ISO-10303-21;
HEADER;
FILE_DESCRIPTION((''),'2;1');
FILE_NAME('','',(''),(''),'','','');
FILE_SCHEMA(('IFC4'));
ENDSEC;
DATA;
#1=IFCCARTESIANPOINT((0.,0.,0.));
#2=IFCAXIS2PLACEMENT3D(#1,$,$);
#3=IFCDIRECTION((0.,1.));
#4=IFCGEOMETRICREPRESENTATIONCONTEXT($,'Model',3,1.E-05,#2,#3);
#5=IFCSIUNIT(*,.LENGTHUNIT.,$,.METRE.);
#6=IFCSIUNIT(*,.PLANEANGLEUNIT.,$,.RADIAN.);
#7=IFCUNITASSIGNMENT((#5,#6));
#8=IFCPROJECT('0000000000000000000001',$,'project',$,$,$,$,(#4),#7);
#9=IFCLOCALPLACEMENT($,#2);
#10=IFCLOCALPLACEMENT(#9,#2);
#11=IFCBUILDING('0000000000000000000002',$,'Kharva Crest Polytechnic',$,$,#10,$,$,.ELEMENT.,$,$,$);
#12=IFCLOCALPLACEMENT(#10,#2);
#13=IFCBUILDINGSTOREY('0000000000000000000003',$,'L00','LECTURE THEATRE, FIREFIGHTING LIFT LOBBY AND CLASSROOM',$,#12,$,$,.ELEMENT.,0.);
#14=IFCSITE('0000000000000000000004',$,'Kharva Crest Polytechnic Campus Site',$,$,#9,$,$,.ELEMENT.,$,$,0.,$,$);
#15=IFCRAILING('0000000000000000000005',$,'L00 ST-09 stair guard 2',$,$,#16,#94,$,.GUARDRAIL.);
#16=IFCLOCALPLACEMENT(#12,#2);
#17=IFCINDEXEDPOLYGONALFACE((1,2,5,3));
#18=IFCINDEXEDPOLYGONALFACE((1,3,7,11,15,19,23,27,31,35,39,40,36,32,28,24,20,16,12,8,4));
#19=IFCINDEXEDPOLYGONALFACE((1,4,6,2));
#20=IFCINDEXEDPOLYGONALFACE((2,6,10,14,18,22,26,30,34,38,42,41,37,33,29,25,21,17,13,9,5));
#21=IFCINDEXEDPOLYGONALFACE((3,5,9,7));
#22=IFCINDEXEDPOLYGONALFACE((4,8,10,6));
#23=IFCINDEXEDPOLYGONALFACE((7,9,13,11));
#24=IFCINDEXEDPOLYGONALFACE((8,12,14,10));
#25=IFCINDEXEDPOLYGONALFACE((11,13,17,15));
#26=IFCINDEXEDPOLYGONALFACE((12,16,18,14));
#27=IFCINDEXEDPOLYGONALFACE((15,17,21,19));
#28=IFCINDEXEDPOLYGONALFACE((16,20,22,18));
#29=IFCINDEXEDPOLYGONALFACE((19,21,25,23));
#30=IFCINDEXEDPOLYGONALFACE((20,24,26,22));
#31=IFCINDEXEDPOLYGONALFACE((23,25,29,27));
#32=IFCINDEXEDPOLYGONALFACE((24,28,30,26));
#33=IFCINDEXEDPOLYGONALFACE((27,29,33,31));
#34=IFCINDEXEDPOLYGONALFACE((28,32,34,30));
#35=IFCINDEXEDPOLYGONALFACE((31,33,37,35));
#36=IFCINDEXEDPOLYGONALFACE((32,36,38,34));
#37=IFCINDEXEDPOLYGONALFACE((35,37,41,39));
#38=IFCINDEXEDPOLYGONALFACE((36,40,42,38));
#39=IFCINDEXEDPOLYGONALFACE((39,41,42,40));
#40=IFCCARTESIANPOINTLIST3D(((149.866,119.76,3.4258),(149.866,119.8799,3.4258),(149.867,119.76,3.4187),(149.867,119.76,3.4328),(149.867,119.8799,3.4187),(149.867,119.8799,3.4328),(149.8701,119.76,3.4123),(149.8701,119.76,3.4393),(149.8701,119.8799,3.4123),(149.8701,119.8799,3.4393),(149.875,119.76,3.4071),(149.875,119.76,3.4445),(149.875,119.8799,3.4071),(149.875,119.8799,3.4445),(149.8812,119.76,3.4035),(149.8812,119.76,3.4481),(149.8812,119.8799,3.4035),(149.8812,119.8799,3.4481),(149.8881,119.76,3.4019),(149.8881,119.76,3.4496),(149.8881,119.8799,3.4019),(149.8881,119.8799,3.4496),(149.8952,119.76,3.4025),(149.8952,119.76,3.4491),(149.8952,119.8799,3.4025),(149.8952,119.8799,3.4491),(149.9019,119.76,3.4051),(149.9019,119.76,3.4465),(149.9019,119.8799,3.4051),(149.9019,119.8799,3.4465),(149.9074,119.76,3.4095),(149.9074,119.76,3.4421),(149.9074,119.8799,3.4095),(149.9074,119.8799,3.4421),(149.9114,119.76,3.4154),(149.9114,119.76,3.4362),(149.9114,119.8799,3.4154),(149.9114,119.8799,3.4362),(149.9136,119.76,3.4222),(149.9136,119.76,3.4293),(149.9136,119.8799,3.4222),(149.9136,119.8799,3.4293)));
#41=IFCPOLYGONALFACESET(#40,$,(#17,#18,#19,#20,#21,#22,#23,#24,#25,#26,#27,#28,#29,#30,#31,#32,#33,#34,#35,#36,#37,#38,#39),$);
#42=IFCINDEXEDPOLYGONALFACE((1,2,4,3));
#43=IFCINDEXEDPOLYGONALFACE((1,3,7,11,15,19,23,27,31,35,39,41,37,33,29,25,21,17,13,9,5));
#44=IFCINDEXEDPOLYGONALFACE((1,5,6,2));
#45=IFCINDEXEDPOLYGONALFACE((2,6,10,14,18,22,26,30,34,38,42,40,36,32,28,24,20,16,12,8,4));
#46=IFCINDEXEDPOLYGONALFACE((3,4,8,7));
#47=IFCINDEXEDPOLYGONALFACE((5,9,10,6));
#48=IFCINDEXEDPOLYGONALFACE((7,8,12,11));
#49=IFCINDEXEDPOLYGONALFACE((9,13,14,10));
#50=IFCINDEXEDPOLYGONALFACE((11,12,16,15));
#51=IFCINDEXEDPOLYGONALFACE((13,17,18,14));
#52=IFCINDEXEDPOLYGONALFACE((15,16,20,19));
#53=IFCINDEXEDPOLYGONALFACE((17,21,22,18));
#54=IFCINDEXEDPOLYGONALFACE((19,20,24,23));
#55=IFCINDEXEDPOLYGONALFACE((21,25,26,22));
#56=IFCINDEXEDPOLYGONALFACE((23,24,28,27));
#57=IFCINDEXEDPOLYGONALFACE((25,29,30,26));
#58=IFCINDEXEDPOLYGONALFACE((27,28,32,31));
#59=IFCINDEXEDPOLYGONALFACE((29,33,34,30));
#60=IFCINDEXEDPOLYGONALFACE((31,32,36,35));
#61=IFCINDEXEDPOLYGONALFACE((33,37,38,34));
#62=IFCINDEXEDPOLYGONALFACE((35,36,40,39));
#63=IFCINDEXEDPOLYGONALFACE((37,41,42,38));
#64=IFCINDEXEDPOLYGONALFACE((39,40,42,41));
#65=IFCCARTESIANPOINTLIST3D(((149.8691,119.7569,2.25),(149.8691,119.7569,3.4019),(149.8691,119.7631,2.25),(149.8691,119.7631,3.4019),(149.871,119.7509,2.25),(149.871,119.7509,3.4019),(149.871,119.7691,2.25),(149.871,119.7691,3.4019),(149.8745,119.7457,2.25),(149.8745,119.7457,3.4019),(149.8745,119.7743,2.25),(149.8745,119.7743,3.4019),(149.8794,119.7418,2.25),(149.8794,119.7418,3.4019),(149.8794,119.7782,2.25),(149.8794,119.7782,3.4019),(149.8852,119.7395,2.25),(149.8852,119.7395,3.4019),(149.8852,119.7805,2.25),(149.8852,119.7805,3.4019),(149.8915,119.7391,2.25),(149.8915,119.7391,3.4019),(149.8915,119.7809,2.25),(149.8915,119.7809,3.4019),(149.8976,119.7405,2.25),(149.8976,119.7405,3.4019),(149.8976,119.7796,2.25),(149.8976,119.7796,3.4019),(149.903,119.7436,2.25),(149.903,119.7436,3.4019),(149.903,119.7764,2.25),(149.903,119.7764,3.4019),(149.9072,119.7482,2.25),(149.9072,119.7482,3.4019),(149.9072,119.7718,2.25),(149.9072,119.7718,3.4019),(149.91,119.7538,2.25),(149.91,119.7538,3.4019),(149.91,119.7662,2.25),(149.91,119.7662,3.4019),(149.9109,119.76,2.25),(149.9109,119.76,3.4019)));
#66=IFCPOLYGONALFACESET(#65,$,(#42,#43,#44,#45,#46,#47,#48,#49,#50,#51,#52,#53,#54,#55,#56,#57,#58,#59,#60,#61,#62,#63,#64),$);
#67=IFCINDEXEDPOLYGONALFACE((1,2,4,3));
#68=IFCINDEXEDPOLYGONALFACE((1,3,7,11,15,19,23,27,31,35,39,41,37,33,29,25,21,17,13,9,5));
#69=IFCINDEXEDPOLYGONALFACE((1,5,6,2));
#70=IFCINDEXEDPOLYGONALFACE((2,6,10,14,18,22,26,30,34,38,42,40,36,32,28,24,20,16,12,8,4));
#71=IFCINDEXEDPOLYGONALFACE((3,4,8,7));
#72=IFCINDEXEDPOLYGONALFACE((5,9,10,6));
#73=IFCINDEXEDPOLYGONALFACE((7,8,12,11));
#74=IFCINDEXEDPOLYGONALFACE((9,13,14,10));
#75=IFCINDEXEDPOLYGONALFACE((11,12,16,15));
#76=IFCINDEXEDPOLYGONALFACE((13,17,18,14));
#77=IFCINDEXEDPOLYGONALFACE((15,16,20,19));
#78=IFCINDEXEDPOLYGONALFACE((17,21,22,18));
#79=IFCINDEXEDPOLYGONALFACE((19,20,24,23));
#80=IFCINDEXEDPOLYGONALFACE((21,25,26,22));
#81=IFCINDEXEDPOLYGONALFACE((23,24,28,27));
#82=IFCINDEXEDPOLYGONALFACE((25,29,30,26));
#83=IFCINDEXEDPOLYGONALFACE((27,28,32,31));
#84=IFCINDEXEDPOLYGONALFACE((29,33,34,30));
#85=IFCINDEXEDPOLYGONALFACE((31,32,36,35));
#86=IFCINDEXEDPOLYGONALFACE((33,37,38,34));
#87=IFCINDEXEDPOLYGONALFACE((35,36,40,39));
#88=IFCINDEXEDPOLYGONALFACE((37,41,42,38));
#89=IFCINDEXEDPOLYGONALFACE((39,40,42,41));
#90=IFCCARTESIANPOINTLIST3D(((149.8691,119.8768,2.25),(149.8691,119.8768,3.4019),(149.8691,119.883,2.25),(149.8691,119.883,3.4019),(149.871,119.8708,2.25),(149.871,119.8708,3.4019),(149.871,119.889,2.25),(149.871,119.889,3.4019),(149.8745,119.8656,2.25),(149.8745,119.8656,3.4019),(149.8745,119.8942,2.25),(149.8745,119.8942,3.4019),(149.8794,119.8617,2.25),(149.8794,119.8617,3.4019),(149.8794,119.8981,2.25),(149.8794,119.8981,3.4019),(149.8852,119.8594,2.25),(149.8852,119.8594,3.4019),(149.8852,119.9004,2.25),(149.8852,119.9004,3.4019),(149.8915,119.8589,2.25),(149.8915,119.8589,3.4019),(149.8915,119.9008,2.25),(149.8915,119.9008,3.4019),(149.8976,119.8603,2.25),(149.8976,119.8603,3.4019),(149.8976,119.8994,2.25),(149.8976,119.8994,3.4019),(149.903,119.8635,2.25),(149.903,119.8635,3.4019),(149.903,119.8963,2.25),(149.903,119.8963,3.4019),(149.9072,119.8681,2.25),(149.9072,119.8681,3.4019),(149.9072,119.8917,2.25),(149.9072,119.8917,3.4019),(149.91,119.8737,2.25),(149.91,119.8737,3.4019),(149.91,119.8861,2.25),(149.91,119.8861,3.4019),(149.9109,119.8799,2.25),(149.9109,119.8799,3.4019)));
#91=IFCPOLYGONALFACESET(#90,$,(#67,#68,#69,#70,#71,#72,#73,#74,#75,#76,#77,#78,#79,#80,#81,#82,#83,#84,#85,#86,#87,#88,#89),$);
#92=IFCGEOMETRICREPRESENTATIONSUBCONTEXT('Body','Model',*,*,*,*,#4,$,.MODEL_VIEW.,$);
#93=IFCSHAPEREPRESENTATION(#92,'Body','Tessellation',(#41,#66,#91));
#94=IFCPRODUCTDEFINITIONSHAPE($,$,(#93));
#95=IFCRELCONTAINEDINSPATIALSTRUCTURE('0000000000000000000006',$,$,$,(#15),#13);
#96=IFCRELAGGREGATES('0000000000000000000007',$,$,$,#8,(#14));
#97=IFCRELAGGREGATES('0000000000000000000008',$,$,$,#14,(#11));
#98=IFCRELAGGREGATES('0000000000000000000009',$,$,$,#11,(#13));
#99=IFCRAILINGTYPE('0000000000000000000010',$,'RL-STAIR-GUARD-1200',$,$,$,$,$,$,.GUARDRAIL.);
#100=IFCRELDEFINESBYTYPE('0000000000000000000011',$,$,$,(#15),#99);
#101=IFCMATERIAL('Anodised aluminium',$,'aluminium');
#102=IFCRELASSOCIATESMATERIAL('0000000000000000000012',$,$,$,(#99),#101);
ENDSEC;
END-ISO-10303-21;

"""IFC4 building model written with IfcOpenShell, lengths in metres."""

from ifc_helpers import new_model, si_unit, direction, frame, origin, origin_2d, place, context, subcontext, project, spatial, circle, extrude, material, type_object, element, save


model = new_model("IFC4")

# Units and contexts
model_context = context("Model", 3, precision=1e-05, world=origin(), true_north=direction((0.0, 1.0)))
body_context = subcontext(model_context, "Body", "Model", "MODEL_VIEW")
ifc_project = project(units=[si_unit("LENGTHUNIT", "METRE"), si_unit("PLANEANGLEUNIT", "RADIAN")], contexts=[model_context])

# Site, building, storey
site_placement = place(None, origin())
site = spatial("IfcSite", under=ifc_project, at=site_placement, Name="Kharva Crest Polytechnic Campus Site", CompositionType="ELEMENT", RefElevation=0.0)
building_placement = place(site_placement, origin())
building = spatial("IfcBuilding", under=site, at=building_placement, Name="Kharva Crest Polytechnic", CompositionType="ELEMENT")
storey_placement = place(building_placement, origin())
storey = spatial("IfcBuildingStorey", under=building, at=storey_placement, Name="L00", Description="LECTURE THEATRE, FIREFIGHTING LIFT LOBBY AND CLASSROOM", CompositionType="ELEMENT", Elevation=0.0)

# Shared definitions
ifc_material_1 = material(Name="Anodised aluminium", Category="aluminium")

# Railing
railing_type_1 = type_object("IfcRailingType", Name="RL-STAIR-GUARD-1200", PredefinedType="GUARDRAIL", material=ifc_material_1)
railing_1_placement = place(storey_placement, frame((149.8899, 119.76, 2.25)))
element("IfcRailing", 1, at=railing_1_placement, inside=storey, type_object=railing_type_1, Name="L00 ST-09 stair guard 2", PredefinedType="GUARDRAIL", context=body_context, shape_type="SweptSolid", body=[
    extrude(circle(Radius=0.0239, at=origin_2d()), frame((0.0, 0.0, 1.1758), z_axis=(0.0, 1.0, 0.0), x_axis=(-1.0, 0.0, 0.0)), (0.0, 0.0, 1.0), 0.1199),
    extrude(circle(Radius=0.021, at=origin_2d()), origin(), (0.0, 0.0, 1.0), 1.1519),
    extrude(circle(Radius=0.021, at=origin_2d()), frame((0.0, 0.1199, 0.0)), (0.0, 0.0, 1.0), 1.1519),
])

save(model, "model.ifc")
